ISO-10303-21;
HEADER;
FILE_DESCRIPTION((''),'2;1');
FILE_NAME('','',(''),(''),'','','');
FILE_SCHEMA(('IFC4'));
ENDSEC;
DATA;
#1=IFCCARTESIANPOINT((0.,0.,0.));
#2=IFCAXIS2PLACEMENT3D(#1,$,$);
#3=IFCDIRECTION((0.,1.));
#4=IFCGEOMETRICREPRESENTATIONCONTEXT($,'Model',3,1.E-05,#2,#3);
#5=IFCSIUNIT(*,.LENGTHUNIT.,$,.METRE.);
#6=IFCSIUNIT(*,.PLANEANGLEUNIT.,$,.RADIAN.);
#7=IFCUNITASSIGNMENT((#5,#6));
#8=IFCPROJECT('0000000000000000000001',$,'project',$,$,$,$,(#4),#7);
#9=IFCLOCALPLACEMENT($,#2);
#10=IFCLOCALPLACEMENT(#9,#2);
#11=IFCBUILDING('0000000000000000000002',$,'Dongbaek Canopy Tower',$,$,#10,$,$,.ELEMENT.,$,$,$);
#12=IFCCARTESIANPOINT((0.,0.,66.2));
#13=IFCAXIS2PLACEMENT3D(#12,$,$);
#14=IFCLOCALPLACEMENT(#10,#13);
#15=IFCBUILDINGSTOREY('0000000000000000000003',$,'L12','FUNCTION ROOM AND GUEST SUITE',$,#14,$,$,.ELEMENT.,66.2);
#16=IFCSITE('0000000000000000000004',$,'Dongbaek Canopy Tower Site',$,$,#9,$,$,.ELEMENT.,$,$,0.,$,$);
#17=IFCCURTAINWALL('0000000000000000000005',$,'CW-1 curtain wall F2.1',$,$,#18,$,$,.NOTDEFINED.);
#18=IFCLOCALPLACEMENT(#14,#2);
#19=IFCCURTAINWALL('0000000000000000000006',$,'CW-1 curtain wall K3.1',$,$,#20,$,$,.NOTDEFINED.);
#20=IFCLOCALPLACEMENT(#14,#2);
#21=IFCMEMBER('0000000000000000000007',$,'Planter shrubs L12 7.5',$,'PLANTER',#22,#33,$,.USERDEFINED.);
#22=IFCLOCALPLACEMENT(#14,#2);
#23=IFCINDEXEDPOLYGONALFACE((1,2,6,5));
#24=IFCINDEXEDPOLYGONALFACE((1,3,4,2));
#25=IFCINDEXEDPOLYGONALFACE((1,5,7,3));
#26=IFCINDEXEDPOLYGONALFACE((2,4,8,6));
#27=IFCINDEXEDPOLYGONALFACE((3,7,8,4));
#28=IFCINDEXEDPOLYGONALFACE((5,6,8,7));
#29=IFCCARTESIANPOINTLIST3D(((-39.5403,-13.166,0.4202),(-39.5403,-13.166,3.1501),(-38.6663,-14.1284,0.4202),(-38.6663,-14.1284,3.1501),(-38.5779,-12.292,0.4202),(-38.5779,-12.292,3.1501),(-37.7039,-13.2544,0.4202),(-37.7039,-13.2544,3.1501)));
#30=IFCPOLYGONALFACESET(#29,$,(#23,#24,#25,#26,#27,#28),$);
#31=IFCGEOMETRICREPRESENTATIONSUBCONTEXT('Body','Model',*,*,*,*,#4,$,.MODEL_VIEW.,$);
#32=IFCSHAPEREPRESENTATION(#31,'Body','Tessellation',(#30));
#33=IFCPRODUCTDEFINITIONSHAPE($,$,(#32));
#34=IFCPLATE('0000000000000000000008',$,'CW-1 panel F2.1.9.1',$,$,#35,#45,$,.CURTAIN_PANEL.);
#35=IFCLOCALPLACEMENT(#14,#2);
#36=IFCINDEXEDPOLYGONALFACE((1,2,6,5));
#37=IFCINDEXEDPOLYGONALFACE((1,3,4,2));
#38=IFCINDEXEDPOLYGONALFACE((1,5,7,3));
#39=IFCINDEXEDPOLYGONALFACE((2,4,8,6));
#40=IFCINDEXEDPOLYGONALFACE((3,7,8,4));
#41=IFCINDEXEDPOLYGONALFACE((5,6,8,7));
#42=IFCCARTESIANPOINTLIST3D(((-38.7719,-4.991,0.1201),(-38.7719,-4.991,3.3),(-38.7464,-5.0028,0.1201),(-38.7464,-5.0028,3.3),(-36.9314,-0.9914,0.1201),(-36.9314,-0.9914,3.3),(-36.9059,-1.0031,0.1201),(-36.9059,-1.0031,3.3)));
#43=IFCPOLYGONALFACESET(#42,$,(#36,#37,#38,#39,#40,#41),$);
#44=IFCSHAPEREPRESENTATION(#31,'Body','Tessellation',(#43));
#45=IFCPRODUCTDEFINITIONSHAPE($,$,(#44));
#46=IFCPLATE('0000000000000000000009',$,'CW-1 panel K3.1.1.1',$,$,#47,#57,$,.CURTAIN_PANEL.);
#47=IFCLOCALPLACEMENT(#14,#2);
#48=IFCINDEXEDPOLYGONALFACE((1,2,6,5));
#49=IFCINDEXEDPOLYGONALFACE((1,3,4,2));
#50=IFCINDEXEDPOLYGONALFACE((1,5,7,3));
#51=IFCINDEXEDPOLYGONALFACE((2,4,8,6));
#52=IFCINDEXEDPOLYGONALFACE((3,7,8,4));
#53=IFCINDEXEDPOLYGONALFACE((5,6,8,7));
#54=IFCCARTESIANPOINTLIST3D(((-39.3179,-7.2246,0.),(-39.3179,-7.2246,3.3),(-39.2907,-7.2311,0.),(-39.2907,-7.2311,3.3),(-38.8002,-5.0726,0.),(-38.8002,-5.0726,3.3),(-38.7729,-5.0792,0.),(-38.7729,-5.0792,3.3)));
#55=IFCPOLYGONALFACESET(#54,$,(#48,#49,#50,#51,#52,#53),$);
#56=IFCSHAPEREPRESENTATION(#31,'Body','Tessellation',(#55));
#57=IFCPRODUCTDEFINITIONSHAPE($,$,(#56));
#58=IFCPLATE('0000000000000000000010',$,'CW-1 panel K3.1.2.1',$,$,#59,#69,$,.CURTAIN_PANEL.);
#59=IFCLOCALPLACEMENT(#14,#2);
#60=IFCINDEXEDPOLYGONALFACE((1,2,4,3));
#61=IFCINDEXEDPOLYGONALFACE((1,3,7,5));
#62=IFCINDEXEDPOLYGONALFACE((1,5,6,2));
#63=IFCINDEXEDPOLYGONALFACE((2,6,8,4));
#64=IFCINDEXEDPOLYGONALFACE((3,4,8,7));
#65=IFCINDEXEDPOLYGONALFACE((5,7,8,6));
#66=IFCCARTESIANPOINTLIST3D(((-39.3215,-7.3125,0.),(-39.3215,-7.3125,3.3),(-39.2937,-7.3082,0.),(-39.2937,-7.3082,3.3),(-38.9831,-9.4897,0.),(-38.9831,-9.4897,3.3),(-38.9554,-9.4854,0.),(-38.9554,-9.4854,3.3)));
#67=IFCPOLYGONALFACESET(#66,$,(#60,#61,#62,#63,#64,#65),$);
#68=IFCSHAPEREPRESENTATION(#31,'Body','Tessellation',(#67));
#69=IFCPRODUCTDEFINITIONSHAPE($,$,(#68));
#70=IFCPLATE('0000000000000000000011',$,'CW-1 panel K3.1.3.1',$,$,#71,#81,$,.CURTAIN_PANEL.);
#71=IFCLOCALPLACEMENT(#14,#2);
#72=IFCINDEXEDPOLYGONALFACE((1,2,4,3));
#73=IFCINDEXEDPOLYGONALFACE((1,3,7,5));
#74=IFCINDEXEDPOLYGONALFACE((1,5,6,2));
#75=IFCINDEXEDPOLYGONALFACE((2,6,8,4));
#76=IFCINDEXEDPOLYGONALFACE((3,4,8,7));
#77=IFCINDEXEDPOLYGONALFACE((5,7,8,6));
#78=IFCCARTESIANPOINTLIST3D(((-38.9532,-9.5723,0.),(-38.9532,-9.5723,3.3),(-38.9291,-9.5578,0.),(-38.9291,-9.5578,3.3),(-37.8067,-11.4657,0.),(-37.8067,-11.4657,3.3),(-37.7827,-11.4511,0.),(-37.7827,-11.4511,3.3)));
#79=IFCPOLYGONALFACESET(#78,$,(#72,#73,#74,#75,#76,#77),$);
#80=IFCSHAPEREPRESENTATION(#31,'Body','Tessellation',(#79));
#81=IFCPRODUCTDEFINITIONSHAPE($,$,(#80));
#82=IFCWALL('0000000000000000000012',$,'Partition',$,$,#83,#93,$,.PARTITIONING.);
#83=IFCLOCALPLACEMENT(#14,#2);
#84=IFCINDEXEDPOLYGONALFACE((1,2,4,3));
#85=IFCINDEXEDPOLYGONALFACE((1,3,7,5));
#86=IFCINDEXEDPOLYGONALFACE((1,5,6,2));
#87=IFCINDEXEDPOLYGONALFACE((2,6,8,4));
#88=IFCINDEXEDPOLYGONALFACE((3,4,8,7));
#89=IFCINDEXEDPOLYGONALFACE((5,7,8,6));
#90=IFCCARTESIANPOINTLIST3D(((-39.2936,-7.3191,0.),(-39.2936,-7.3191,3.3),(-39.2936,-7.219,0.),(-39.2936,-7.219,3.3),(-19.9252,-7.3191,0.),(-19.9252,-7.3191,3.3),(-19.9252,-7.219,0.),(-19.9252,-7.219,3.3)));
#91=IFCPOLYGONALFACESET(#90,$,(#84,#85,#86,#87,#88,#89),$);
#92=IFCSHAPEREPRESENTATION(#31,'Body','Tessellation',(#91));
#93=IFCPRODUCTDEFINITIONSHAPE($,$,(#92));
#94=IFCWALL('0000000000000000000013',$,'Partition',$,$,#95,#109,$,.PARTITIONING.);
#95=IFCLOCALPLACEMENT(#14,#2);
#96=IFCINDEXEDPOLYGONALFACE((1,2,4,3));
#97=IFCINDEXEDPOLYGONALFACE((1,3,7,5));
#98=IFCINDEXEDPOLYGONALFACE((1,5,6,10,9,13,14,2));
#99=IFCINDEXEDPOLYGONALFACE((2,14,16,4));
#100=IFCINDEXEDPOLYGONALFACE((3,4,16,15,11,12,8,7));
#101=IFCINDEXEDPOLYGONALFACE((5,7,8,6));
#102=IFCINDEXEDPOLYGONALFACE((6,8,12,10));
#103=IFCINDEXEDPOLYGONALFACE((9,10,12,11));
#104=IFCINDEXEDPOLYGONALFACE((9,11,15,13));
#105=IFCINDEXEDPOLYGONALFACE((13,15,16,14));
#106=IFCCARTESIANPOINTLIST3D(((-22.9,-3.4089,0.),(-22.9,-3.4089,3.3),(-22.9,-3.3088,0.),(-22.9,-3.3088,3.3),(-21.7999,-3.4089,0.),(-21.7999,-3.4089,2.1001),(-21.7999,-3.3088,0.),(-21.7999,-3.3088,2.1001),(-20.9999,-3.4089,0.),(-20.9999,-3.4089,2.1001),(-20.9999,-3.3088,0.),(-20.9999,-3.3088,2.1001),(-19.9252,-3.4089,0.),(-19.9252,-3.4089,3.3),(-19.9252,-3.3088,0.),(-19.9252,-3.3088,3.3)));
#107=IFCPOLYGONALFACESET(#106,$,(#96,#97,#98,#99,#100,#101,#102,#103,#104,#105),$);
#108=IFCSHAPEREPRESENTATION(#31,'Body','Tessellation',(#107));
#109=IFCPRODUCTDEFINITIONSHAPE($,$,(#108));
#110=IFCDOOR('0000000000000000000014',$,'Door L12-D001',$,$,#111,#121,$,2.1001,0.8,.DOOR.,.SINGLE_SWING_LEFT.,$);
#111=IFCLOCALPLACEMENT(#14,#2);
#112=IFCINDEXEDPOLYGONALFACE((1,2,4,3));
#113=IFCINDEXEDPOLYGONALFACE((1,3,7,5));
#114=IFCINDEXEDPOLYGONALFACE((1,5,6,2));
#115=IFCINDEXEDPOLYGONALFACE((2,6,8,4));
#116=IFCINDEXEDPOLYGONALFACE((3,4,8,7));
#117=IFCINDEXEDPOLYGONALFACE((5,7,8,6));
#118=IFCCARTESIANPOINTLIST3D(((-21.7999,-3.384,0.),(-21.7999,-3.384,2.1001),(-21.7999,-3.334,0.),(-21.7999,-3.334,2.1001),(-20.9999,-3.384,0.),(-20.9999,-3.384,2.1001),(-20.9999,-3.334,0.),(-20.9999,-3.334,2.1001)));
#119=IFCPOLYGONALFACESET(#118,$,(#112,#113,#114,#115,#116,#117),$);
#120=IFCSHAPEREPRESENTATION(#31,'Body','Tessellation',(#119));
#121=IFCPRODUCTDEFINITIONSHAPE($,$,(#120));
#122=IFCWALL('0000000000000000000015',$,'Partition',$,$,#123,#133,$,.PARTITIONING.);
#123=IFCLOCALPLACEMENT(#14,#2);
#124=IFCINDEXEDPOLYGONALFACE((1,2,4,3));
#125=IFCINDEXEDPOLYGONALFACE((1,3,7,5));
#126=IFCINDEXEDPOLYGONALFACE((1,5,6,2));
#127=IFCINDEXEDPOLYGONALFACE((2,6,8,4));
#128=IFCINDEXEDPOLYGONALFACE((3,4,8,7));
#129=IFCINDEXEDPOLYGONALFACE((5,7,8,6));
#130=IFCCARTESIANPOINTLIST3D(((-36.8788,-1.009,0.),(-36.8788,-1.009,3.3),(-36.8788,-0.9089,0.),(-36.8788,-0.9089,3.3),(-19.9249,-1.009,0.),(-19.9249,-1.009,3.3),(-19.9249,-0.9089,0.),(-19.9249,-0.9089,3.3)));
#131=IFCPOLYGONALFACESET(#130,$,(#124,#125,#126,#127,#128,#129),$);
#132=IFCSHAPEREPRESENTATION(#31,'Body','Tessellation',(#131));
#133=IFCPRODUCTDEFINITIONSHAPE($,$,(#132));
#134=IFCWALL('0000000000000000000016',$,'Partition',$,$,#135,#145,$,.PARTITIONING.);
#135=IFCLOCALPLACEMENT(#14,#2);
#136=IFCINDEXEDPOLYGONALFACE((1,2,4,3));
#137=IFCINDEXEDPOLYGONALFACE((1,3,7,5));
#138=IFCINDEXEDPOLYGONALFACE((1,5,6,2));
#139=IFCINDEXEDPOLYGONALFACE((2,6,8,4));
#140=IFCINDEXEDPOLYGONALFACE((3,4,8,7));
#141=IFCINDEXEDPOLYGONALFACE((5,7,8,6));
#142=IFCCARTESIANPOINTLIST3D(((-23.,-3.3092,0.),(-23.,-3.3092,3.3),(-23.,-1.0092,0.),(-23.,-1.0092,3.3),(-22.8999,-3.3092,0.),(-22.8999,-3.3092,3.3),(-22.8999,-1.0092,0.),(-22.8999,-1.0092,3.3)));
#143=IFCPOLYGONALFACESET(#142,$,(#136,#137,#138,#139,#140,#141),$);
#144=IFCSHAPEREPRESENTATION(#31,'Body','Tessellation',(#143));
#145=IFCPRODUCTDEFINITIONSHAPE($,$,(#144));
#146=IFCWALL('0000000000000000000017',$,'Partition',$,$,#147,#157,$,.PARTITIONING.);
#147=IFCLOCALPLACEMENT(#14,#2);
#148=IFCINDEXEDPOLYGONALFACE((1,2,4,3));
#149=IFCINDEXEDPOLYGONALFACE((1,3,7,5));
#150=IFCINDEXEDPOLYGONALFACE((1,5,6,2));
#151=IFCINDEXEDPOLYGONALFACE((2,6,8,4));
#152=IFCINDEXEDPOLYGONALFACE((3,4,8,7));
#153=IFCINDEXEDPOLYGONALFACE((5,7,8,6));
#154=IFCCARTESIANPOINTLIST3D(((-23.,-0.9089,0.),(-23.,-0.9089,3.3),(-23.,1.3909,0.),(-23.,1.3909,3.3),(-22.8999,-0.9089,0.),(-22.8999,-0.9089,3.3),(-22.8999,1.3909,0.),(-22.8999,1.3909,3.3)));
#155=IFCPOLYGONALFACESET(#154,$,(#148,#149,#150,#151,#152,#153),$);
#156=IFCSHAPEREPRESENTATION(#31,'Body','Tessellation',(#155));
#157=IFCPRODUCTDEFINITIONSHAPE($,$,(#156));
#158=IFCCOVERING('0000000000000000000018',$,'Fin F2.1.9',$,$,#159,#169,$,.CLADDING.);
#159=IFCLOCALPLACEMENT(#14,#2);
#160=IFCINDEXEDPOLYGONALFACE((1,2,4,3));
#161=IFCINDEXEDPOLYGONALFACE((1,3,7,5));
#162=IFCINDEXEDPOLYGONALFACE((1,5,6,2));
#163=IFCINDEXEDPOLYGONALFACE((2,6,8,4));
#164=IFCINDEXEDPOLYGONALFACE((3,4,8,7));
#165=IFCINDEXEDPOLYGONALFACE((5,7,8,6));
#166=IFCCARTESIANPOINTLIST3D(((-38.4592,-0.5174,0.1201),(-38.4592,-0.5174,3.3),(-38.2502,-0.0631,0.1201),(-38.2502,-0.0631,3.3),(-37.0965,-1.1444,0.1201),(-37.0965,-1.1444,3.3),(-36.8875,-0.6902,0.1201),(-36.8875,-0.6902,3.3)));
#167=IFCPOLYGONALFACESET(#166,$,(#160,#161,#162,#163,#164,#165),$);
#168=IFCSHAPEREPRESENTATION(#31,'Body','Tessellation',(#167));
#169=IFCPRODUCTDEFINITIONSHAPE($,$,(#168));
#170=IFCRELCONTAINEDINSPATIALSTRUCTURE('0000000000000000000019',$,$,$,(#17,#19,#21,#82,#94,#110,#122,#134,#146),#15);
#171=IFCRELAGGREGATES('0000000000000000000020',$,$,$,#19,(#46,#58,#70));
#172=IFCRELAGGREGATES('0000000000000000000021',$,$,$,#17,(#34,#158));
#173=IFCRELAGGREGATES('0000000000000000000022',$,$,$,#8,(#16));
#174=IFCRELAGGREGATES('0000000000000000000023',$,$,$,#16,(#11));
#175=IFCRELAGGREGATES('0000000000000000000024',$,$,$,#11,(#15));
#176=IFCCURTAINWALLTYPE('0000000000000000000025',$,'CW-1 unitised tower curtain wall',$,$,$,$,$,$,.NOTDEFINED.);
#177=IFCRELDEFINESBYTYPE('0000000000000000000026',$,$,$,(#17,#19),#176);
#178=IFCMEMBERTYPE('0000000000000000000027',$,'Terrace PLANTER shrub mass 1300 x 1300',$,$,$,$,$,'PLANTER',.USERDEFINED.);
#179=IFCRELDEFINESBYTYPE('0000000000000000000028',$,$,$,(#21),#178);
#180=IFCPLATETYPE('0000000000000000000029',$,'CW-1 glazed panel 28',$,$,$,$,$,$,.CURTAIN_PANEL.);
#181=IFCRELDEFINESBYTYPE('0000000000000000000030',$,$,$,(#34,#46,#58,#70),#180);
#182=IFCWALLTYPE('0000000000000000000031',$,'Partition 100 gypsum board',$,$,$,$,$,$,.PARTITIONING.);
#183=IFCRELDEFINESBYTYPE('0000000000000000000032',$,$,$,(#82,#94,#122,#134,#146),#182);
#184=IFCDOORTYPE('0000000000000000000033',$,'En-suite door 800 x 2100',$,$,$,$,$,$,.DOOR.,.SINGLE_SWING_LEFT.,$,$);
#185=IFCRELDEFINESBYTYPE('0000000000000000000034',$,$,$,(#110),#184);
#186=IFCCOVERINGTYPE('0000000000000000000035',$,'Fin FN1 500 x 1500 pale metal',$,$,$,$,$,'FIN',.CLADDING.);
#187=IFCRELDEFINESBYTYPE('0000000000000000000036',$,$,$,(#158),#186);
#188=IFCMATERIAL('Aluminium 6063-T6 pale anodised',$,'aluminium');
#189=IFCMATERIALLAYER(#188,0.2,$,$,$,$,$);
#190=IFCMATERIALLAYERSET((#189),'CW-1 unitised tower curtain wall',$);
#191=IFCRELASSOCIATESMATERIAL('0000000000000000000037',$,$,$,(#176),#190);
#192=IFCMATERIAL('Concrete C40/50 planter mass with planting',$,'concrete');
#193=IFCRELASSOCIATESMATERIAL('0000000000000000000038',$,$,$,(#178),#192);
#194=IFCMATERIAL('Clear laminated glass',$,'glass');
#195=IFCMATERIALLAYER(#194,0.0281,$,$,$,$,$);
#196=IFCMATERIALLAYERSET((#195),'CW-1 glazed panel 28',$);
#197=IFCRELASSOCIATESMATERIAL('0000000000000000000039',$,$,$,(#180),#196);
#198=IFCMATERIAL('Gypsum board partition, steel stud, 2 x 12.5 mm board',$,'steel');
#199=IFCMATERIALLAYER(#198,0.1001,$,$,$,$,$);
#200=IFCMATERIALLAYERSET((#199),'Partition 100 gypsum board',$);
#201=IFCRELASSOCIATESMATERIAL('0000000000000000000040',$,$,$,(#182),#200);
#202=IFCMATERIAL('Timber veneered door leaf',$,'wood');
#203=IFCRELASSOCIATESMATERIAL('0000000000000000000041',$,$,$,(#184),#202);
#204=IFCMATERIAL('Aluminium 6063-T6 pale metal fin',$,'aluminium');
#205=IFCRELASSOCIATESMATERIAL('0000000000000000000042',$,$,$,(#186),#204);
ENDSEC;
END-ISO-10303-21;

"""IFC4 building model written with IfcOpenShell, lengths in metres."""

from ifc_helpers import new_model, si_unit, direction, frame, frame_2d, origin, origin_2d, place, context, subcontext, project, spatial, rectangle, extrude, material, layer, layer_set, material_profile, profile_set, type_object, element, fill, aggregate, save


model = new_model("IFC4")

# Units and contexts
model_context = context("Model", 3, precision=1e-05, world=origin(), true_north=direction((0.0, 1.0)))
body_context = subcontext(model_context, "Body", "Model", "MODEL_VIEW")
ifc_project = project(units=[si_unit("LENGTHUNIT", "METRE"), si_unit("PLANEANGLEUNIT", "RADIAN")], contexts=[model_context])

# Site, building, storey
site_placement = place(None, origin())
site = spatial("IfcSite", under=ifc_project, at=site_placement, Name="Dongbaek Canopy Tower Site", CompositionType="ELEMENT", RefElevation=0.0)
building_placement = place(site_placement, origin())
building = spatial("IfcBuilding", under=site, at=building_placement, Name="Dongbaek Canopy Tower", CompositionType="ELEMENT")
storey_placement = place(building_placement, frame((0.0, 0.0, 66.2)))
storey = spatial("IfcBuildingStorey", under=building, at=storey_placement, Name="L12", Description="FUNCTION ROOM AND GUEST SUITE", CompositionType="ELEMENT", Elevation=66.2)

# Curtain walls
ifc_material_1 = material(Name="Aluminium 6063-T6 pale anodised", Category="aluminium")
ifc_layer_1 = layer(ifc_material_1, 0.2)
ifc_layer_set_1 = layer_set([ifc_layer_1], Name="CW-1 unitised tower curtain wall")
curtain_wall_type = type_object("IfcCurtainWallType", Name="CW-1 unitised tower curtain wall", PredefinedType="NOTDEFINED", material=ifc_layer_set_1)
curtain_wall_1_placement = place(storey_placement, origin())
curtain_wall_1 = element("IfcCurtainWall", 1, at=curtain_wall_1_placement, inside=storey, type_object=curtain_wall_type, Name="CW-1 curtain wall F2.1", PredefinedType="NOTDEFINED")
curtain_wall_2_placement = place(storey_placement, origin())
curtain_wall_2 = element("IfcCurtainWall", 2, at=curtain_wall_2_placement, inside=storey, type_object=curtain_wall_type, Name="CW-1 curtain wall K3.1", PredefinedType="NOTDEFINED")

# Member
ifc_material_2 = material(Name="Concrete C40/50 planter mass with planting", Category="concrete")
ifc_material_profile_1 = material_profile(ifc_material_2, rectangle(XDim=1.3, YDim=1.3, at=origin_2d()), Name="Terrace PLANTER shrub mass 1300 x 1300")
ifc_profile_set_1 = profile_set([ifc_material_profile_1], Name="Concrete C40/50 planter mass with planting")
member_type_1 = type_object("IfcMemberType", Name="Terrace PLANTER shrub mass 1300 x 1300", ElementType="PLANTER", PredefinedType="USERDEFINED", material=ifc_profile_set_1)
member_1_placement = place(storey_placement, frame((-38.6221, -13.2102, 0.4202), z_axis=(0.0, 0.0, 1.0), x_axis=(-0.740276, -0.672303, 0.0)))
element("IfcMember", 3, at=member_1_placement, inside=storey, type_object=member_type_1, Name="Planter shrubs L12 7.5", ObjectType="PLANTER", PredefinedType="USERDEFINED", context=body_context, shape_type="SweptSolid", body=[
    extrude(rectangle(XDim=1.3, YDim=1.3, at=origin_2d()), origin(), (0.0, 0.0, 1.0), 2.73),
])

# Plates
ifc_material_3 = material(Name="Clear laminated glass", Category="glass")
ifc_layer_2 = layer(ifc_material_3, 0.0281)
ifc_layer_set_2 = layer_set([ifc_layer_2], Name="CW-1 glazed panel 28")
plate_type = type_object("IfcPlateType", Name="CW-1 glazed panel 28", PredefinedType="CURTAIN_PANEL", material=ifc_layer_set_2)
plate_1_placement = place(storey_placement, frame((-37.8389, -2.9971, 0.1201), z_axis=(0.0, 0.0, 1.0), x_axis=(-0.418025, -0.908436, 0.0)))
plate_1 = element("IfcPlate", 4, at=plate_1_placement, type_object=plate_type, Name="CW-1 panel F2.1.9.1", PredefinedType="CURTAIN_PANEL", context=body_context, shape_type="SweptSolid", body=[
    extrude(rectangle(XDim=4.4028, YDim=0.0281, at=origin_2d()), origin(), (0.0, 0.0, 1.0), 3.1799),
])
plate_2_placement = place(storey_placement, frame((-39.0454, -6.1519, 0.0), z_axis=(0.0, 0.0, 1.0), x_axis=(-0.233932, -0.972253, 0.0)))
plate_2 = element("IfcPlate", 5, at=plate_2_placement, type_object=plate_type, Name="CW-1 panel K3.1.1.1", PredefinedType="CURTAIN_PANEL", context=body_context, shape_type="SweptSolid", body=[
    extrude(rectangle(XDim=2.2134, YDim=0.0281, at=origin_2d()), origin(), (0.0, 0.0, 1.0), 3.3),
])
plate_3_placement = place(storey_placement, frame((-39.1384, -8.3989, 0.0), z_axis=(0.0, 0.0, 1.0), x_axis=(0.153569, -0.988138, 0.0)))
plate_3 = element("IfcPlate", 6, at=plate_3_placement, type_object=plate_type, Name="CW-1 panel K3.1.2.1", PredefinedType="CURTAIN_PANEL", context=body_context, shape_type="SweptSolid", body=[
    extrude(rectangle(XDim=2.2034, YDim=0.0281, at=origin_2d()), origin(), (0.0, 0.0, 1.0), 3.3),
])
plate_4_placement = place(storey_placement, frame((-38.3679, -10.5117, 0.0), z_axis=(0.0, 0.0, 1.0), x_axis=(0.517971, -0.855398, 0.0)))
plate_4 = element("IfcPlate", 7, at=plate_4_placement, type_object=plate_type, Name="CW-1 panel K3.1.3.1", PredefinedType="CURTAIN_PANEL", context=body_context, shape_type="SweptSolid", body=[
    extrude(rectangle(XDim=2.2134, YDim=0.0281, at=origin_2d()), origin(), (0.0, 0.0, 1.0), 3.3),
])
aggregate(curtain_wall_2, [plate_2, plate_3, plate_4])

# Wall
ifc_material_4 = material(Name="Gypsum board partition, steel stud, 2 x 12.5 mm board", Category="steel")
ifc_layer_3 = layer(ifc_material_4, 0.1001)
ifc_layer_set_3 = layer_set([ifc_layer_3], Name="Partition 100 gypsum board")
wall_type_1 = type_object("IfcWallType", Name="Partition 100 gypsum board", PredefinedType="PARTITIONING", material=ifc_layer_set_3)
wall_1_placement = place(storey_placement, frame((-39.2935, -7.269, 0.0), z_axis=(0.0, 0.0, 1.0), x_axis=(1.0, 0.0, 0.0)))
element("IfcWall", 8, at=wall_1_placement, inside=storey, type_object=wall_type_1, Name="Partition", PredefinedType="PARTITIONING", context=body_context, shape_type="SweptSolid", body=[
    extrude(rectangle(XDim=19.3684, YDim=0.1001, at=frame_2d((9.6841, 0.0))), origin(), (0.0, 0.0, 1.0), 3.3),
])

# Wall, opening, door
wall_2_placement = place(storey_placement, frame((-22.8999, -3.3589, 0.0), z_axis=(0.0, 0.0, 1.0), x_axis=(1.0, 0.0, 0.0)))
wall_2 = element("IfcWall", 9, at=wall_2_placement, inside=storey, type_object=wall_type_1, Name="Partition", PredefinedType="PARTITIONING", context=body_context, shape_type="SweptSolid", body=[
    extrude(rectangle(XDim=2.9749, YDim=0.1001, at=frame_2d((1.4873, 0.0))), origin(), (0.0, 0.0, 1.0), 3.3),
])
opening_1_placement = place(wall_2_placement, frame((1.1001, 0.0, 0.0)))
opening_1 = element("IfcOpeningElement", 10, at=opening_1_placement, cuts=wall_2, PredefinedType="OPENING", context=body_context, shape_type="SweptSolid", body=[
    extrude(rectangle(XDim=0.8, YDim=2.1001, at=frame_2d((0.3999, 1.05))), frame((0.0, 0.0601, 0.0), z_axis=(0.0, -1.0, 0.0), x_axis=(1.0, 0.0, 0.0)), (0.0, 0.0, 1.0), 0.1201),
])
ifc_material_5 = material(Name="Timber veneered door leaf", Category="wood")
door_type_1 = type_object("IfcDoorType", Name="En-suite door 800 x 2100", OperationType="SINGLE_SWING_LEFT", PredefinedType="DOOR", material=ifc_material_5)
door_1_placement = place(opening_1_placement, origin())
door_1 = element("IfcDoor", 11, at=door_1_placement, inside=storey, type_object=door_type_1, Name="Door L12-D001", OperationType="SINGLE_SWING_LEFT", OverallHeight=2.1001, OverallWidth=0.8, PredefinedType="DOOR", context=body_context, shape_type="SweptSolid", body=[
    extrude(rectangle(XDim=0.8, YDim=2.1001, at=frame_2d((0.3999, 1.05))), frame((0.0, 0.0249, 0.0), z_axis=(0.0, -1.0, 0.0), x_axis=(1.0, 0.0, 0.0)), (0.0, 0.0, 1.0), 0.05),
])
fill(opening_1, door_1)

# Walls
wall_3_placement = place(storey_placement, frame((-36.8789, -0.959, 0.0), z_axis=(0.0, 0.0, 1.0), x_axis=(1.0, 0.0, 0.0)))
element("IfcWall", 12, at=wall_3_placement, inside=storey, type_object=wall_type_1, Name="Partition", PredefinedType="PARTITIONING", context=body_context, shape_type="SweptSolid", body=[
    extrude(rectangle(XDim=16.9539, YDim=0.1001, at=frame_2d((8.4771, 0.0))), origin(), (0.0, 0.0, 1.0), 3.3),
])
wall_4_placement = place(storey_placement, frame((-22.95, -3.3091, 0.0), z_axis=(0.0, 0.0, 1.0), x_axis=(0.0, 1.0, 0.0)))
element("IfcWall", 13, at=wall_4_placement, inside=storey, type_object=wall_type_1, Name="Partition", PredefinedType="PARTITIONING", context=body_context, shape_type="SweptSolid", body=[
    extrude(rectangle(XDim=2.3, YDim=0.1001, at=frame_2d((1.1499, 0.0))), origin(), (0.0, 0.0, 1.0), 3.3),
])
wall_5_placement = place(storey_placement, frame((-22.95, -0.9089, 0.0), z_axis=(0.0, 0.0, 1.0), x_axis=(0.0, 1.0, 0.0)))
element("IfcWall", 14, at=wall_5_placement, inside=storey, type_object=wall_type_1, Name="Partition", PredefinedType="PARTITIONING", context=body_context, shape_type="SweptSolid", body=[
    extrude(rectangle(XDim=2.2998, YDim=0.1001, at=frame_2d((1.1499, 0.0))), origin(), (0.0, 0.0, 1.0), 3.3),
])

# Covering
ifc_material_6 = material(Name="Aluminium 6063-T6 pale metal fin", Category="aluminium")
ifc_material_profile_2 = material_profile(ifc_material_6, rectangle(XDim=1.5, YDim=0.5, at=origin_2d()), Name="Fin FN1 500 x 1500 pale metal")
ifc_profile_set_2 = profile_set([ifc_material_profile_2], Name="Aluminium 6063-T6 pale metal fin")
covering_type = type_object("IfcCoveringType", Name="Fin FN1 500 x 1500 pale metal", ElementType="FIN", PredefinedType="CLADDING", material=ifc_profile_set_2)
covering_placement = place(storey_placement, frame((-37.6733, -0.6038, 0.1201), z_axis=(0.0, 0.0, 1.0), x_axis=(-0.908436, 0.418025, 0.0)))
covering = element("IfcCovering", 15, at=covering_placement, type_object=covering_type, Name="Fin F2.1.9", PredefinedType="CLADDING", context=body_context, shape_type="SweptSolid", body=[
    extrude(rectangle(XDim=1.5, YDim=0.5, at=origin_2d()), origin(), (0.0, 0.0, 1.0), 3.1799),
])
aggregate(curtain_wall_1, [plate_1, covering])

save(model, "model.ifc")
